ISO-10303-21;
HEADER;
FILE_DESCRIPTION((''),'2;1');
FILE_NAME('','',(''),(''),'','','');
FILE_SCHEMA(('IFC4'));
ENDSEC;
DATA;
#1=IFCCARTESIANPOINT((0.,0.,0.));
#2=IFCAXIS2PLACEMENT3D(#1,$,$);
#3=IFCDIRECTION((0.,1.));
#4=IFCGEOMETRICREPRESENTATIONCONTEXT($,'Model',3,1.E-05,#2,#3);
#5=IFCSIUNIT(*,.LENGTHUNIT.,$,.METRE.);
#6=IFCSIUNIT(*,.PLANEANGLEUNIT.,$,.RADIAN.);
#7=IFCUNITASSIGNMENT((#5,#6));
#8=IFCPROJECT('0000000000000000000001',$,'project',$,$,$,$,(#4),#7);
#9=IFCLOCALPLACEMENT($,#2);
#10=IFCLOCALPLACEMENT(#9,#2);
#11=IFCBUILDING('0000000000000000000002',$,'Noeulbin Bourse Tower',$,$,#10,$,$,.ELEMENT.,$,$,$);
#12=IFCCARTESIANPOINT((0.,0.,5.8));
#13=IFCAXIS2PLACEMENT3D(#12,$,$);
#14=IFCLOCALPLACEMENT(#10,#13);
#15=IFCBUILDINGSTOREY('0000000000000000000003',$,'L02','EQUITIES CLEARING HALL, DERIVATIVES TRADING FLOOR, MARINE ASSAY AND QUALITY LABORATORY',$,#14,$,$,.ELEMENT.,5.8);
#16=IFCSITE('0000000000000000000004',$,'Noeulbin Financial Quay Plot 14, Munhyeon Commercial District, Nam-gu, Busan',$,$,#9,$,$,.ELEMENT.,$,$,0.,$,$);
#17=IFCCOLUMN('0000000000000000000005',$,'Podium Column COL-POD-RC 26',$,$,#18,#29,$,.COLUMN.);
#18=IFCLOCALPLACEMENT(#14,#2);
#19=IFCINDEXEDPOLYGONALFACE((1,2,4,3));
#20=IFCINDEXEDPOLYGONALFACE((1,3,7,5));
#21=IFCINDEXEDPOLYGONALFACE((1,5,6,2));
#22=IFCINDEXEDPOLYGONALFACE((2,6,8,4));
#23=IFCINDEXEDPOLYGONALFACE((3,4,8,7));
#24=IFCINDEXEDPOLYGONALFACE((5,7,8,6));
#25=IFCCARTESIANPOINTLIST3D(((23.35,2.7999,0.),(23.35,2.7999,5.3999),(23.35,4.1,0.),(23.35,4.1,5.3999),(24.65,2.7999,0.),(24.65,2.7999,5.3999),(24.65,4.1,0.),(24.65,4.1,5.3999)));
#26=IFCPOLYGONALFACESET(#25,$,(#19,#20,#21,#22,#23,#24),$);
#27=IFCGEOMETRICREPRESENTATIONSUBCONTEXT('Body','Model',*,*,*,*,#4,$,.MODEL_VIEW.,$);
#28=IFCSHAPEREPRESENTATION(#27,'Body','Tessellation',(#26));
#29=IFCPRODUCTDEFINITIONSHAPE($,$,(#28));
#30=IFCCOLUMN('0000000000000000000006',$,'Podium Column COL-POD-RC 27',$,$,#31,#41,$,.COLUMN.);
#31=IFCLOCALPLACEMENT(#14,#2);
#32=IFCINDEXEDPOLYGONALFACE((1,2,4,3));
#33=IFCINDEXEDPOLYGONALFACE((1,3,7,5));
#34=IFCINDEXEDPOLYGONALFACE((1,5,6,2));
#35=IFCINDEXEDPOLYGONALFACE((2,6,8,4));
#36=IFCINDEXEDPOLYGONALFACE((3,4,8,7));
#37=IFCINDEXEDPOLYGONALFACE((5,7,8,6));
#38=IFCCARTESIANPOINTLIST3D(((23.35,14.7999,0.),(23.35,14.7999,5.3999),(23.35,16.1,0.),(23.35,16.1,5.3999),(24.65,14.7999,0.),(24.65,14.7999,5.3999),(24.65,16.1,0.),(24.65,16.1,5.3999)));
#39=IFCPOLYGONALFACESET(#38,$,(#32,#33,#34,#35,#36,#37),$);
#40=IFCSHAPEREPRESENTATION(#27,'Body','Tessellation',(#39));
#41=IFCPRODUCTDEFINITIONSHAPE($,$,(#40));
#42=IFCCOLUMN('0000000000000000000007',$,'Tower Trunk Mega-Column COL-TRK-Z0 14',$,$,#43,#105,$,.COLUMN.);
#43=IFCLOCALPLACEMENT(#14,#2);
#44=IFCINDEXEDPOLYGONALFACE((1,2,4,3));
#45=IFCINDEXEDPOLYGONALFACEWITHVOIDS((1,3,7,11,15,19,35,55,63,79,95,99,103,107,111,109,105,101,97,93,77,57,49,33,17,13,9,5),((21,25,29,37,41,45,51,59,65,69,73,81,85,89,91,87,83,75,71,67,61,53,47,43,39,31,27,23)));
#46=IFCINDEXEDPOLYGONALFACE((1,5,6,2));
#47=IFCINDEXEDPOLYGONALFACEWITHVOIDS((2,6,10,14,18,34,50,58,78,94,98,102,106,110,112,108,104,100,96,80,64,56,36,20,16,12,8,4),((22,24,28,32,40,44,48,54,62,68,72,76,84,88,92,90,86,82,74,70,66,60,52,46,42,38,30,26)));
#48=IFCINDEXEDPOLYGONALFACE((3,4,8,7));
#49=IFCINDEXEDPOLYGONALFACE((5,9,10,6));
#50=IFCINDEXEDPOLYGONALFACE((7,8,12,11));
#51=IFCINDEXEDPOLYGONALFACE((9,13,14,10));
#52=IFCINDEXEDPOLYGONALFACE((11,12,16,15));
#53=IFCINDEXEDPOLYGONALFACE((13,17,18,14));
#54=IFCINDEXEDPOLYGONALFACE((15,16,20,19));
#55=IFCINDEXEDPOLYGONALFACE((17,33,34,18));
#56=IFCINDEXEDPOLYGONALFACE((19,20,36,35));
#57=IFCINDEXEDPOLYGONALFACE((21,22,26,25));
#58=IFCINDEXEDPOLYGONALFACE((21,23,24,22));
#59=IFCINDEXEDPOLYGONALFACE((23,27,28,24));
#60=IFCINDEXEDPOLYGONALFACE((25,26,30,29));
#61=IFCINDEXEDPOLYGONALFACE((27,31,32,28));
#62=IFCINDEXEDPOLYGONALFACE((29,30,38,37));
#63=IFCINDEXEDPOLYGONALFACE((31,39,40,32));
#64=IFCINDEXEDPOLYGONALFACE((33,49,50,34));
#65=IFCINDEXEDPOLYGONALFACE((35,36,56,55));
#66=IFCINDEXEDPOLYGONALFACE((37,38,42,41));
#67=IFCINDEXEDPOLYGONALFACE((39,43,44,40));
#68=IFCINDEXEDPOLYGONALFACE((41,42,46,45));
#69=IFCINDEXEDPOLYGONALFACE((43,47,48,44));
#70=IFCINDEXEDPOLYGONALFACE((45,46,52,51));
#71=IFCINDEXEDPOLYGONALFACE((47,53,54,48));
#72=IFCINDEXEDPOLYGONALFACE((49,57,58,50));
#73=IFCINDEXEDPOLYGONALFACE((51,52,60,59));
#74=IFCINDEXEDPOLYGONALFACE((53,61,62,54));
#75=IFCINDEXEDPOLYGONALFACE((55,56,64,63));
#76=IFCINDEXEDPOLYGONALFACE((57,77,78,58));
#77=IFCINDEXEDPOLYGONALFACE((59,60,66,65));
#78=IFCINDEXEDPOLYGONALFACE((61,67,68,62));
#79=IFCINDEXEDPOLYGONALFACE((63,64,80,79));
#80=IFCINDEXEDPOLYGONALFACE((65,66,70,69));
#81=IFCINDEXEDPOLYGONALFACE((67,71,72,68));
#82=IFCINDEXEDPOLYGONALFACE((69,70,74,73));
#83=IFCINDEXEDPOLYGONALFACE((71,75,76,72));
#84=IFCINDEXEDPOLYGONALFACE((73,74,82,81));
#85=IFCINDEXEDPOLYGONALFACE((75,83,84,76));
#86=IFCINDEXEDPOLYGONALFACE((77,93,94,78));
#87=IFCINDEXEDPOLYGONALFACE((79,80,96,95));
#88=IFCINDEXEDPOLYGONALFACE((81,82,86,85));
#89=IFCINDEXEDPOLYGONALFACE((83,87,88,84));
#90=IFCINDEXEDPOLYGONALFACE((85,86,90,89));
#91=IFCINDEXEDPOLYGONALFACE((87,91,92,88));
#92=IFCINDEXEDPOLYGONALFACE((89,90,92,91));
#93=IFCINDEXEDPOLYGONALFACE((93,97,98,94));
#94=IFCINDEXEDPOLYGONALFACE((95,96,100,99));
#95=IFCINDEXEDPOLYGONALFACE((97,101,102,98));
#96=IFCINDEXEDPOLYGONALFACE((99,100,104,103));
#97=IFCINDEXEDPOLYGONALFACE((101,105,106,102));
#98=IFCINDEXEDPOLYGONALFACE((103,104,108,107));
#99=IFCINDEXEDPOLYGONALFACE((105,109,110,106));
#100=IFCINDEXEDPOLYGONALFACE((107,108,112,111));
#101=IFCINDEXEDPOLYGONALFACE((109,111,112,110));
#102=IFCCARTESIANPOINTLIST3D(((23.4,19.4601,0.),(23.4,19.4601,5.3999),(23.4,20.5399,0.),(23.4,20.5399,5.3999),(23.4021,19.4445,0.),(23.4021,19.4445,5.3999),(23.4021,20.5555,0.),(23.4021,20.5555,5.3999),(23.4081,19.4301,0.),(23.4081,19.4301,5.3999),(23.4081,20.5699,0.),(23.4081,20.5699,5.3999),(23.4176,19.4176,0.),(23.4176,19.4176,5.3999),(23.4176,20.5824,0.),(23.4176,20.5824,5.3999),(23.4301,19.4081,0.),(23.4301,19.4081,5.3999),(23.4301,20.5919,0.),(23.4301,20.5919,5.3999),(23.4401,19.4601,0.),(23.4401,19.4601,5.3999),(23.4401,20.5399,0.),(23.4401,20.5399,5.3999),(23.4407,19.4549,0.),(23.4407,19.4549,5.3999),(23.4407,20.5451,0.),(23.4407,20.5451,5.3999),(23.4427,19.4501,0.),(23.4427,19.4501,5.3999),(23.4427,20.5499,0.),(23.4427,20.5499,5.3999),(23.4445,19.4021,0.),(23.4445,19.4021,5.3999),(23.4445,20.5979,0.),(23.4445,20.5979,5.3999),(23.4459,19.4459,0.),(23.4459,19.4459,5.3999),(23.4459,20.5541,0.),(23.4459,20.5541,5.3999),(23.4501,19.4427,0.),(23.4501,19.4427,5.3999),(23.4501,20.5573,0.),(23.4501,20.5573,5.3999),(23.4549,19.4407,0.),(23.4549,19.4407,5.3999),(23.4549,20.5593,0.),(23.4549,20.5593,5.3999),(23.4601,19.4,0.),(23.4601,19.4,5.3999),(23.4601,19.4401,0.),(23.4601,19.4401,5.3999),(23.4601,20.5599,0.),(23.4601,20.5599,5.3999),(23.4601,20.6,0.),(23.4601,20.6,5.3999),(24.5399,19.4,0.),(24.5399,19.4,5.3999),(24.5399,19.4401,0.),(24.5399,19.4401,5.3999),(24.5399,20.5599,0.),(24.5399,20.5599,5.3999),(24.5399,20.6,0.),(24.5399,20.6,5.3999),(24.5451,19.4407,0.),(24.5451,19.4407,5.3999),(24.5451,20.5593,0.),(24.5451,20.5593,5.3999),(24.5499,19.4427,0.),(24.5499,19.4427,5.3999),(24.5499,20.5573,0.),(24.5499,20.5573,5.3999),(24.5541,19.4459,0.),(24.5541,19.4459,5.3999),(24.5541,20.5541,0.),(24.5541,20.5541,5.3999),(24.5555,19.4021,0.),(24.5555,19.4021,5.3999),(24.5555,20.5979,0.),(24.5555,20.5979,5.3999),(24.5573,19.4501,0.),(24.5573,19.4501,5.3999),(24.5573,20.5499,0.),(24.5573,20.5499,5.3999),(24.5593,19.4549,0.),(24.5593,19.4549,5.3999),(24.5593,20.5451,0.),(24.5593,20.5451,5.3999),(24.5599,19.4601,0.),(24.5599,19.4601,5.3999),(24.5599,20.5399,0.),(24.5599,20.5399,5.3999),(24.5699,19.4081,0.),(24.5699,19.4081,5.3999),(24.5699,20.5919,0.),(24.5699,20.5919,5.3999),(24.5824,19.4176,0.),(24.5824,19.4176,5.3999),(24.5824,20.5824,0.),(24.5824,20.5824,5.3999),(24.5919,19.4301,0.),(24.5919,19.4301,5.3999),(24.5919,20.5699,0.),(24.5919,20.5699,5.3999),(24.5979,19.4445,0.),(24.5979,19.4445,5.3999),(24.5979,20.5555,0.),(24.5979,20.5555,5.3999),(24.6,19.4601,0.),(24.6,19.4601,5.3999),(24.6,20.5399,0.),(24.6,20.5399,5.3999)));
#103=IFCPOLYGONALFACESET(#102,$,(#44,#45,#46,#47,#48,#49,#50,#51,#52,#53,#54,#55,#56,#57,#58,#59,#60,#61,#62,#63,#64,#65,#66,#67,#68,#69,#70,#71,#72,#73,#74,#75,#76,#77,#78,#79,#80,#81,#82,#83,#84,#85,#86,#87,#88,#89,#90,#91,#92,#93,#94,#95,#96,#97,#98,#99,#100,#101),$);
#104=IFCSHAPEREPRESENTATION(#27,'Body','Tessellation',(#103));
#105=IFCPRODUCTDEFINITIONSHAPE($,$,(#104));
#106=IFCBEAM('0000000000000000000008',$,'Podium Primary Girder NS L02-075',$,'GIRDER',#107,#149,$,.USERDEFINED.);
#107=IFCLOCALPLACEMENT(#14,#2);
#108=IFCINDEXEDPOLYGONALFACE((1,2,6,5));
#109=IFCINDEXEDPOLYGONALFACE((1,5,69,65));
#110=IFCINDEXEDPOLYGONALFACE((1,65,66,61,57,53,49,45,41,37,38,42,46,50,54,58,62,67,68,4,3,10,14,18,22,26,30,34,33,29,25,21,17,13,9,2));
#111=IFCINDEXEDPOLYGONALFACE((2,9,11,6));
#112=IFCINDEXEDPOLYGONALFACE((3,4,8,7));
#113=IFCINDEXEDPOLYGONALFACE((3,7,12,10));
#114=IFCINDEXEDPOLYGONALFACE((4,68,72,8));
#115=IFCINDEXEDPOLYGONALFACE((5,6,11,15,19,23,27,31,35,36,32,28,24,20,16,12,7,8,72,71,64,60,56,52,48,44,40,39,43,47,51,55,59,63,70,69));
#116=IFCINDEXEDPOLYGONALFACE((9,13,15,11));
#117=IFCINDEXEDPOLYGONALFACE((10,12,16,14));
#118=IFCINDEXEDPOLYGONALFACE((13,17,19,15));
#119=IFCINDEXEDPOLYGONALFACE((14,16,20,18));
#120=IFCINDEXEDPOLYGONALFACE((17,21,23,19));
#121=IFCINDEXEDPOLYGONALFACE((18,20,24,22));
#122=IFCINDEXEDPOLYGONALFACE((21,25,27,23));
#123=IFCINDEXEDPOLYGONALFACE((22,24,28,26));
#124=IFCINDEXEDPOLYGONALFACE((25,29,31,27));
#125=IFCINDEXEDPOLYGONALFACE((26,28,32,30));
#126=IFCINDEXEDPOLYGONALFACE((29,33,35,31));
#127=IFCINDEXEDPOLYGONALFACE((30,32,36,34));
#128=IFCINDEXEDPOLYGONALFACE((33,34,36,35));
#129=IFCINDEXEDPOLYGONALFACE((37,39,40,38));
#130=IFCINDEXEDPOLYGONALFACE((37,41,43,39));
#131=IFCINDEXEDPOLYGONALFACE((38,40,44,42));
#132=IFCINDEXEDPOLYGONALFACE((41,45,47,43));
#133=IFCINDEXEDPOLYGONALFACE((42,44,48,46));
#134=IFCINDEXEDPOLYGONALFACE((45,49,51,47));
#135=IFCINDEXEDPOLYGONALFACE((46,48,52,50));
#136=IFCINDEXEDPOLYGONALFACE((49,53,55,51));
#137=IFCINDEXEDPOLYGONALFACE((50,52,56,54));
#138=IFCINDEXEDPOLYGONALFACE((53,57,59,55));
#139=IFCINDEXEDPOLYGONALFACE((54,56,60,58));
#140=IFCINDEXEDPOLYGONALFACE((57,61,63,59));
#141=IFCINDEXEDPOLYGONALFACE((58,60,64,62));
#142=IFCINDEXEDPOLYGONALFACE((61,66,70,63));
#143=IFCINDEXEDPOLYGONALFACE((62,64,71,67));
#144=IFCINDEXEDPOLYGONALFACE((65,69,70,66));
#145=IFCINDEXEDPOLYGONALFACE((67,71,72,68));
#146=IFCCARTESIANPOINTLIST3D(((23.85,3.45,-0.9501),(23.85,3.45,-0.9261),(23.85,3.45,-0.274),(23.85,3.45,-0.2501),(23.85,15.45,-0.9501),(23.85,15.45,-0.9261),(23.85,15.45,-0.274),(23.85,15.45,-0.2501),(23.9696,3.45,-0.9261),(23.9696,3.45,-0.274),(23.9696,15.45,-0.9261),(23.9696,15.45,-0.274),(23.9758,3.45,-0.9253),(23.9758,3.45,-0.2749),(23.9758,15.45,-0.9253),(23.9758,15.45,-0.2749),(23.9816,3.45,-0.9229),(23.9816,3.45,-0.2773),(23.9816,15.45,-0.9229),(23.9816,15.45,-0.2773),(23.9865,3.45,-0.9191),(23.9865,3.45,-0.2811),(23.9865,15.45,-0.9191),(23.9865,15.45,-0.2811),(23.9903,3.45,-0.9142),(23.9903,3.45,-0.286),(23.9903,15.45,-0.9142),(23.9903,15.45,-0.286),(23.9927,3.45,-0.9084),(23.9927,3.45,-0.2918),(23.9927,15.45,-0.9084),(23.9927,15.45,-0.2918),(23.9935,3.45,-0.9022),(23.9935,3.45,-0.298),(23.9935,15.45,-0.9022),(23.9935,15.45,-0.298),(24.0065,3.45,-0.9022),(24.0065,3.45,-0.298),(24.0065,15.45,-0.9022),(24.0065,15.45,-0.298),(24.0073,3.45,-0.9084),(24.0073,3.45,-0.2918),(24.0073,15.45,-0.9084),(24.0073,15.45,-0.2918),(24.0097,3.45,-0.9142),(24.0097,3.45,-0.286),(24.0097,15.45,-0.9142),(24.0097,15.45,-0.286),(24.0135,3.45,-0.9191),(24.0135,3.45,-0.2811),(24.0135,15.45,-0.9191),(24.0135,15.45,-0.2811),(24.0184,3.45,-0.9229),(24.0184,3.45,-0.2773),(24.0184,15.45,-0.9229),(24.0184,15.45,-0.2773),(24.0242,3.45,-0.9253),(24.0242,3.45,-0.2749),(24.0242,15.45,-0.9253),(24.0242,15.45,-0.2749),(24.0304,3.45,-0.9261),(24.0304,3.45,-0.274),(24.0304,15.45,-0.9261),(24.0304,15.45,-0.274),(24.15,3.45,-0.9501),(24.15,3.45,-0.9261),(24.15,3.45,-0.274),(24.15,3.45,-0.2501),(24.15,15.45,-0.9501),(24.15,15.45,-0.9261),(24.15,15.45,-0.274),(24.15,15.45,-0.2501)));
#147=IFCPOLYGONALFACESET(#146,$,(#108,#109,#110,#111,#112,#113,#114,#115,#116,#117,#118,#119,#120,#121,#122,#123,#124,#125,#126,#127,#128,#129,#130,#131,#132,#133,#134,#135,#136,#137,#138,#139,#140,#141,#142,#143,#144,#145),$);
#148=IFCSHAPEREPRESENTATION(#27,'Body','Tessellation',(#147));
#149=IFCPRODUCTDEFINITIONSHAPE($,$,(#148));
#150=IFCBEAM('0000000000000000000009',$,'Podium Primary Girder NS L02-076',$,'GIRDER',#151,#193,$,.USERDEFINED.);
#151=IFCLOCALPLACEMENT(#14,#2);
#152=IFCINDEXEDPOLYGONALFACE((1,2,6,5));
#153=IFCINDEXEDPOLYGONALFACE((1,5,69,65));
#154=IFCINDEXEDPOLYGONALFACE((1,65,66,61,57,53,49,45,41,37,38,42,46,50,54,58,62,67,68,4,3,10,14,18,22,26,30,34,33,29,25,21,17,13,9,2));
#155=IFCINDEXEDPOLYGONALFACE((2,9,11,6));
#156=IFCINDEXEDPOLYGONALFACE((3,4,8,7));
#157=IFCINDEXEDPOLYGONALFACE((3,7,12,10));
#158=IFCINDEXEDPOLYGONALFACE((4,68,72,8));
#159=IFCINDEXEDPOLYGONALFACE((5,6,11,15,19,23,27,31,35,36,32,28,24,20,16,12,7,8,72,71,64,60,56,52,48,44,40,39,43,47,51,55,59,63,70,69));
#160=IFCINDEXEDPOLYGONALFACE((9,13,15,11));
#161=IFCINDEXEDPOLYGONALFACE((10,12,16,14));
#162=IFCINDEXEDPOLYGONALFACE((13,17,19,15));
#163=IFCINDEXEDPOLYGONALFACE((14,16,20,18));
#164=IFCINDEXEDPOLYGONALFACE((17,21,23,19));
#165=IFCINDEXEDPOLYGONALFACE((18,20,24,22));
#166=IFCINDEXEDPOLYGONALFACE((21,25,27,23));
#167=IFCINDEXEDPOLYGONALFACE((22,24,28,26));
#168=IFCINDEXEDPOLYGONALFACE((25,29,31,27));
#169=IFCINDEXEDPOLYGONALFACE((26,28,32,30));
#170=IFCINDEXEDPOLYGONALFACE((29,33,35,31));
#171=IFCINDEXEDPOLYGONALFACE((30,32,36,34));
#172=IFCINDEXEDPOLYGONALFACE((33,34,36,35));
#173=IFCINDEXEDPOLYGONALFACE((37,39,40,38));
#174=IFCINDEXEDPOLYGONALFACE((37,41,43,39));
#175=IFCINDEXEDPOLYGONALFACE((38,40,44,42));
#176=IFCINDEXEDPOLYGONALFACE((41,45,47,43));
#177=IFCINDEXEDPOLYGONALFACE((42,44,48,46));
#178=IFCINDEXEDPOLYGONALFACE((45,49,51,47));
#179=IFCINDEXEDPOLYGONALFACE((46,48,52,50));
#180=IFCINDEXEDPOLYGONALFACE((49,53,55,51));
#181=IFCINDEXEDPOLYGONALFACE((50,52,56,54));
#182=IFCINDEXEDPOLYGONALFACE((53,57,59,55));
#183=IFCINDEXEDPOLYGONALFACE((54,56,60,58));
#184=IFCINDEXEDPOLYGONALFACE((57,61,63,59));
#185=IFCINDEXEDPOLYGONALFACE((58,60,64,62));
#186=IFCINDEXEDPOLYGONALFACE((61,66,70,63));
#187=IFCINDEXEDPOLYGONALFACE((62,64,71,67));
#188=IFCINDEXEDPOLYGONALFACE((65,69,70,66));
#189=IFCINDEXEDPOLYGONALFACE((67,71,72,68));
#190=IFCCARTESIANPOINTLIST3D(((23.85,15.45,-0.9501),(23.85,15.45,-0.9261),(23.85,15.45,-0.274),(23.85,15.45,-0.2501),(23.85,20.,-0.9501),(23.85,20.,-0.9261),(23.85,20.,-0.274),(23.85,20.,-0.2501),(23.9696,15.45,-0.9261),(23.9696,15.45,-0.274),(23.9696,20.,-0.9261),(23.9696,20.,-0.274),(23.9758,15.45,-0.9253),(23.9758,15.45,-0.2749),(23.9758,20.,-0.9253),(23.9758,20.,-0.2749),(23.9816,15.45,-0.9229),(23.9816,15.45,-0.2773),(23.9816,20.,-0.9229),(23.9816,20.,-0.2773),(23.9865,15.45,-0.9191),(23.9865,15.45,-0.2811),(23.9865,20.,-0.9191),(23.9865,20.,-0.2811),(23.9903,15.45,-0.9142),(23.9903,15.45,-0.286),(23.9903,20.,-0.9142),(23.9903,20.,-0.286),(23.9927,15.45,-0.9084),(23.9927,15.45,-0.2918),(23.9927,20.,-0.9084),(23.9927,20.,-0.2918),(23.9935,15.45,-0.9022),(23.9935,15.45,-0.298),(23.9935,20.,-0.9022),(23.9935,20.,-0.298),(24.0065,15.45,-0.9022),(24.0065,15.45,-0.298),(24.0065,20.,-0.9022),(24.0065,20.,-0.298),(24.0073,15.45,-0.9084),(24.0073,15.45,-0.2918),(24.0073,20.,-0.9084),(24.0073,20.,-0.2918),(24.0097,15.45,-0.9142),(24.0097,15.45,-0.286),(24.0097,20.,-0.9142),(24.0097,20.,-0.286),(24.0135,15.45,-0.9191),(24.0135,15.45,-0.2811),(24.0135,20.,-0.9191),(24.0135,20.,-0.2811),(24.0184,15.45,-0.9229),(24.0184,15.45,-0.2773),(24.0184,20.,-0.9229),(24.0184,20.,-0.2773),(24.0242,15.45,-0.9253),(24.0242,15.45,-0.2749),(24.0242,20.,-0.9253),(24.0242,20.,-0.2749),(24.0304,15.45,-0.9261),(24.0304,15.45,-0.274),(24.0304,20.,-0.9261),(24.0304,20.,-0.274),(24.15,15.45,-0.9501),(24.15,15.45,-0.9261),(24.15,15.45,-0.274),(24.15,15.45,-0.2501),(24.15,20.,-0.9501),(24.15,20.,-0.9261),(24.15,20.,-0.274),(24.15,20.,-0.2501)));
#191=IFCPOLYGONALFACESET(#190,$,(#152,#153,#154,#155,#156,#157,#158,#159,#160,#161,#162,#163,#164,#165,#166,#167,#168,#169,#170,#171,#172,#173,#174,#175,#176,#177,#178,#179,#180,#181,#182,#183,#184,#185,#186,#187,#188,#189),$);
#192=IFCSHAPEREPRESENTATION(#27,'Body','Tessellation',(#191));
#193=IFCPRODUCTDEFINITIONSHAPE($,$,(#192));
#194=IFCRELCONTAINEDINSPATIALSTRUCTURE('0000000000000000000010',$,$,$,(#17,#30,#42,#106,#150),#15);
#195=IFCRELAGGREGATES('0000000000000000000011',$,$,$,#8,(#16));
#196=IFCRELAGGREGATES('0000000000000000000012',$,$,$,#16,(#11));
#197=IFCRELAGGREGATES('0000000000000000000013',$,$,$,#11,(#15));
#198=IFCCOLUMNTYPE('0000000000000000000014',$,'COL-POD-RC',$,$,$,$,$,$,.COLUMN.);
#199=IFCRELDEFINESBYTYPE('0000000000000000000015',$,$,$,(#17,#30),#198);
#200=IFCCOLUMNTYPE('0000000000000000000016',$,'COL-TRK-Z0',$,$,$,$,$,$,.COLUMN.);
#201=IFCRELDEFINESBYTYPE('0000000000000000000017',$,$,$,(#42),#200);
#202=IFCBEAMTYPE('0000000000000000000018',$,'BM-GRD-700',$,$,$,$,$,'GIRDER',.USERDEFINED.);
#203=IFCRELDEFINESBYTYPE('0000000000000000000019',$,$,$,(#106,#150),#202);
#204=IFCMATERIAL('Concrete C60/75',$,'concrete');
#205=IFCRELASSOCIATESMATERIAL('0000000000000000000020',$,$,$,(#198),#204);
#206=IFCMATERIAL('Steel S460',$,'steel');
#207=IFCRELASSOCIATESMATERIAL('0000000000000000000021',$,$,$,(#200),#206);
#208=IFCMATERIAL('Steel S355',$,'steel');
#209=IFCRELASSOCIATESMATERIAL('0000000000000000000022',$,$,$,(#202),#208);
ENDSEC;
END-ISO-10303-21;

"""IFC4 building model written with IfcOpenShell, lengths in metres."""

from ifc_helpers import new_model, si_unit, direction, frame, origin, origin_2d, place, context, subcontext, project, spatial, rectangle, hollow_rectangle, i_section, extrude, material, material_profile, profile_set, type_object, element, save


model = new_model("IFC4")

# Units and contexts
model_context = context("Model", 3, precision=1e-05, world=origin(), true_north=direction((0.0, 1.0)))
body_context = subcontext(model_context, "Body", "Model", "MODEL_VIEW")
ifc_project = project(units=[si_unit("LENGTHUNIT", "METRE"), si_unit("PLANEANGLEUNIT", "RADIAN")], contexts=[model_context])

# Site, building, storey
site_placement = place(None, origin())
site = spatial("IfcSite", under=ifc_project, at=site_placement, Name="Noeulbin Financial Quay Plot 14, Munhyeon Commercial District, Nam-gu, Busan", CompositionType="ELEMENT", RefElevation=0.0)
building_placement = place(site_placement, origin())
building = spatial("IfcBuilding", under=site, at=building_placement, Name="Noeulbin Bourse Tower", CompositionType="ELEMENT")
storey_placement = place(building_placement, frame((0.0, 0.0, 5.8)))
storey = spatial("IfcBuildingStorey", under=building, at=storey_placement, Name="L02", Description="EQUITIES CLEARING HALL, DERIVATIVES TRADING FLOOR, MARINE ASSAY AND QUALITY LABORATORY", CompositionType="ELEMENT", Elevation=5.8)

# Columns
ifc_material_1 = material(Name="Concrete C60/75", Category="concrete")
ifc_material_profile_1 = material_profile(ifc_material_1, rectangle(XDim=1.3, YDim=1.3, at=origin_2d()), Name="RC-COL-1300x1300", Category="LoadBearing")
ifc_profile_set_1 = profile_set([ifc_material_profile_1], Name="Concrete C60/75")
column_type_1 = type_object("IfcColumnType", Name="COL-POD-RC", PredefinedType="COLUMN", material=ifc_profile_set_1)
for number, where, z_axis, x_axis, name in (
    (1, (24.0, 3.45, 0.0), (0.0, 0.0, 1.0), (1.0, 0.0, 0.0), "Podium Column COL-POD-RC 26"),
    (2, (24.0, 15.45, 0.0), (0.0, 0.0, 1.0), (1.0, 0.0, 0.0), "Podium Column COL-POD-RC 27"),
):
    element("IfcColumn", number, at=place(storey_placement, frame(where, z_axis=z_axis, x_axis=x_axis)), inside=storey, type_object=column_type_1, Name=name, PredefinedType="COLUMN", context=body_context, shape_type="SweptSolid", body=[
        extrude(rectangle(XDim=1.3, YDim=1.3, at=origin_2d()), origin(), (0.0, 0.0, 1.0), 5.3999),
    ])
ifc_material_2 = material(Name="Steel S460", Category="steel")
ifc_material_profile_2 = material_profile(ifc_material_2, hollow_rectangle(XDim=1.2, YDim=1.2, WallThickness=0.04, InnerFilletRadius=0.02, OuterFilletRadius=0.0601, at=origin_2d()), Name="BOX-1200x1200x40", Category="LoadBearing")
ifc_profile_set_2 = profile_set([ifc_material_profile_2], Name="Steel S460")
column_type_2 = type_object("IfcColumnType", Name="COL-TRK-Z0", PredefinedType="COLUMN", material=ifc_profile_set_2)
column_placement = place(storey_placement, frame((24.0, 20.0, 0.0), z_axis=(0.0, 0.0, 1.0), x_axis=(1.0, 0.0, 0.0)))
element("IfcColumn", 3, at=column_placement, inside=storey, type_object=column_type_2, Name="Tower Trunk Mega-Column COL-TRK-Z0 14", PredefinedType="COLUMN", context=body_context, shape_type="SweptSolid", body=[
    extrude(hollow_rectangle(XDim=1.2, YDim=1.2, WallThickness=0.04, InnerFilletRadius=0.02, OuterFilletRadius=0.0601, at=origin_2d()), origin(), (0.0, 0.0, 1.0), 5.3999),
])

# Beams
ifc_material_3 = material(Name="Steel S355", Category="steel")
ifc_material_profile_3 = material_profile(ifc_material_3, i_section(OverallWidth=0.3, OverallDepth=0.7, WebThickness=0.0129, FlangeThickness=0.0239, FilletRadius=0.0239, at=origin_2d()), Name="H-700x300x13x24", Category="LoadBearing")
ifc_profile_set_3 = profile_set([ifc_material_profile_3], Name="Steel S355")
beam_type_1 = type_object("IfcBeamType", Name="BM-GRD-700", ElementType="GIRDER", PredefinedType="USERDEFINED", material=ifc_profile_set_3)
beam_1_placement = place(storey_placement, frame((24.0, 3.45, -0.6001), z_axis=(0.0, 1.0, 0.0), x_axis=(-1.0, 0.0, 0.0)))
element("IfcBeam", 4, at=beam_1_placement, inside=storey, type_object=beam_type_1, Name="Podium Primary Girder NS L02-075", ObjectType="GIRDER", PredefinedType="USERDEFINED", context=body_context, shape_type="SweptSolid", body=[
    extrude(i_section(OverallWidth=0.3, OverallDepth=0.7, WebThickness=0.0129, FlangeThickness=0.0239, FilletRadius=0.0239, at=origin_2d()), origin(), (0.0, 0.0, 1.0), 12.0),
])
beam_2_placement = place(storey_placement, frame((24.0, 15.45, -0.6001), z_axis=(0.0, 1.0, 0.0), x_axis=(-1.0, 0.0, 0.0)))
element("IfcBeam", 5, at=beam_2_placement, inside=storey, type_object=beam_type_1, Name="Podium Primary Girder NS L02-076", ObjectType="GIRDER", PredefinedType="USERDEFINED", context=body_context, shape_type="SweptSolid", body=[
    extrude(i_section(OverallWidth=0.3, OverallDepth=0.7, WebThickness=0.0129, FlangeThickness=0.0239, FilletRadius=0.0239, at=origin_2d()), origin(), (0.0, 0.0, 1.0), 4.55),
])

save(model, "model.ifc")
